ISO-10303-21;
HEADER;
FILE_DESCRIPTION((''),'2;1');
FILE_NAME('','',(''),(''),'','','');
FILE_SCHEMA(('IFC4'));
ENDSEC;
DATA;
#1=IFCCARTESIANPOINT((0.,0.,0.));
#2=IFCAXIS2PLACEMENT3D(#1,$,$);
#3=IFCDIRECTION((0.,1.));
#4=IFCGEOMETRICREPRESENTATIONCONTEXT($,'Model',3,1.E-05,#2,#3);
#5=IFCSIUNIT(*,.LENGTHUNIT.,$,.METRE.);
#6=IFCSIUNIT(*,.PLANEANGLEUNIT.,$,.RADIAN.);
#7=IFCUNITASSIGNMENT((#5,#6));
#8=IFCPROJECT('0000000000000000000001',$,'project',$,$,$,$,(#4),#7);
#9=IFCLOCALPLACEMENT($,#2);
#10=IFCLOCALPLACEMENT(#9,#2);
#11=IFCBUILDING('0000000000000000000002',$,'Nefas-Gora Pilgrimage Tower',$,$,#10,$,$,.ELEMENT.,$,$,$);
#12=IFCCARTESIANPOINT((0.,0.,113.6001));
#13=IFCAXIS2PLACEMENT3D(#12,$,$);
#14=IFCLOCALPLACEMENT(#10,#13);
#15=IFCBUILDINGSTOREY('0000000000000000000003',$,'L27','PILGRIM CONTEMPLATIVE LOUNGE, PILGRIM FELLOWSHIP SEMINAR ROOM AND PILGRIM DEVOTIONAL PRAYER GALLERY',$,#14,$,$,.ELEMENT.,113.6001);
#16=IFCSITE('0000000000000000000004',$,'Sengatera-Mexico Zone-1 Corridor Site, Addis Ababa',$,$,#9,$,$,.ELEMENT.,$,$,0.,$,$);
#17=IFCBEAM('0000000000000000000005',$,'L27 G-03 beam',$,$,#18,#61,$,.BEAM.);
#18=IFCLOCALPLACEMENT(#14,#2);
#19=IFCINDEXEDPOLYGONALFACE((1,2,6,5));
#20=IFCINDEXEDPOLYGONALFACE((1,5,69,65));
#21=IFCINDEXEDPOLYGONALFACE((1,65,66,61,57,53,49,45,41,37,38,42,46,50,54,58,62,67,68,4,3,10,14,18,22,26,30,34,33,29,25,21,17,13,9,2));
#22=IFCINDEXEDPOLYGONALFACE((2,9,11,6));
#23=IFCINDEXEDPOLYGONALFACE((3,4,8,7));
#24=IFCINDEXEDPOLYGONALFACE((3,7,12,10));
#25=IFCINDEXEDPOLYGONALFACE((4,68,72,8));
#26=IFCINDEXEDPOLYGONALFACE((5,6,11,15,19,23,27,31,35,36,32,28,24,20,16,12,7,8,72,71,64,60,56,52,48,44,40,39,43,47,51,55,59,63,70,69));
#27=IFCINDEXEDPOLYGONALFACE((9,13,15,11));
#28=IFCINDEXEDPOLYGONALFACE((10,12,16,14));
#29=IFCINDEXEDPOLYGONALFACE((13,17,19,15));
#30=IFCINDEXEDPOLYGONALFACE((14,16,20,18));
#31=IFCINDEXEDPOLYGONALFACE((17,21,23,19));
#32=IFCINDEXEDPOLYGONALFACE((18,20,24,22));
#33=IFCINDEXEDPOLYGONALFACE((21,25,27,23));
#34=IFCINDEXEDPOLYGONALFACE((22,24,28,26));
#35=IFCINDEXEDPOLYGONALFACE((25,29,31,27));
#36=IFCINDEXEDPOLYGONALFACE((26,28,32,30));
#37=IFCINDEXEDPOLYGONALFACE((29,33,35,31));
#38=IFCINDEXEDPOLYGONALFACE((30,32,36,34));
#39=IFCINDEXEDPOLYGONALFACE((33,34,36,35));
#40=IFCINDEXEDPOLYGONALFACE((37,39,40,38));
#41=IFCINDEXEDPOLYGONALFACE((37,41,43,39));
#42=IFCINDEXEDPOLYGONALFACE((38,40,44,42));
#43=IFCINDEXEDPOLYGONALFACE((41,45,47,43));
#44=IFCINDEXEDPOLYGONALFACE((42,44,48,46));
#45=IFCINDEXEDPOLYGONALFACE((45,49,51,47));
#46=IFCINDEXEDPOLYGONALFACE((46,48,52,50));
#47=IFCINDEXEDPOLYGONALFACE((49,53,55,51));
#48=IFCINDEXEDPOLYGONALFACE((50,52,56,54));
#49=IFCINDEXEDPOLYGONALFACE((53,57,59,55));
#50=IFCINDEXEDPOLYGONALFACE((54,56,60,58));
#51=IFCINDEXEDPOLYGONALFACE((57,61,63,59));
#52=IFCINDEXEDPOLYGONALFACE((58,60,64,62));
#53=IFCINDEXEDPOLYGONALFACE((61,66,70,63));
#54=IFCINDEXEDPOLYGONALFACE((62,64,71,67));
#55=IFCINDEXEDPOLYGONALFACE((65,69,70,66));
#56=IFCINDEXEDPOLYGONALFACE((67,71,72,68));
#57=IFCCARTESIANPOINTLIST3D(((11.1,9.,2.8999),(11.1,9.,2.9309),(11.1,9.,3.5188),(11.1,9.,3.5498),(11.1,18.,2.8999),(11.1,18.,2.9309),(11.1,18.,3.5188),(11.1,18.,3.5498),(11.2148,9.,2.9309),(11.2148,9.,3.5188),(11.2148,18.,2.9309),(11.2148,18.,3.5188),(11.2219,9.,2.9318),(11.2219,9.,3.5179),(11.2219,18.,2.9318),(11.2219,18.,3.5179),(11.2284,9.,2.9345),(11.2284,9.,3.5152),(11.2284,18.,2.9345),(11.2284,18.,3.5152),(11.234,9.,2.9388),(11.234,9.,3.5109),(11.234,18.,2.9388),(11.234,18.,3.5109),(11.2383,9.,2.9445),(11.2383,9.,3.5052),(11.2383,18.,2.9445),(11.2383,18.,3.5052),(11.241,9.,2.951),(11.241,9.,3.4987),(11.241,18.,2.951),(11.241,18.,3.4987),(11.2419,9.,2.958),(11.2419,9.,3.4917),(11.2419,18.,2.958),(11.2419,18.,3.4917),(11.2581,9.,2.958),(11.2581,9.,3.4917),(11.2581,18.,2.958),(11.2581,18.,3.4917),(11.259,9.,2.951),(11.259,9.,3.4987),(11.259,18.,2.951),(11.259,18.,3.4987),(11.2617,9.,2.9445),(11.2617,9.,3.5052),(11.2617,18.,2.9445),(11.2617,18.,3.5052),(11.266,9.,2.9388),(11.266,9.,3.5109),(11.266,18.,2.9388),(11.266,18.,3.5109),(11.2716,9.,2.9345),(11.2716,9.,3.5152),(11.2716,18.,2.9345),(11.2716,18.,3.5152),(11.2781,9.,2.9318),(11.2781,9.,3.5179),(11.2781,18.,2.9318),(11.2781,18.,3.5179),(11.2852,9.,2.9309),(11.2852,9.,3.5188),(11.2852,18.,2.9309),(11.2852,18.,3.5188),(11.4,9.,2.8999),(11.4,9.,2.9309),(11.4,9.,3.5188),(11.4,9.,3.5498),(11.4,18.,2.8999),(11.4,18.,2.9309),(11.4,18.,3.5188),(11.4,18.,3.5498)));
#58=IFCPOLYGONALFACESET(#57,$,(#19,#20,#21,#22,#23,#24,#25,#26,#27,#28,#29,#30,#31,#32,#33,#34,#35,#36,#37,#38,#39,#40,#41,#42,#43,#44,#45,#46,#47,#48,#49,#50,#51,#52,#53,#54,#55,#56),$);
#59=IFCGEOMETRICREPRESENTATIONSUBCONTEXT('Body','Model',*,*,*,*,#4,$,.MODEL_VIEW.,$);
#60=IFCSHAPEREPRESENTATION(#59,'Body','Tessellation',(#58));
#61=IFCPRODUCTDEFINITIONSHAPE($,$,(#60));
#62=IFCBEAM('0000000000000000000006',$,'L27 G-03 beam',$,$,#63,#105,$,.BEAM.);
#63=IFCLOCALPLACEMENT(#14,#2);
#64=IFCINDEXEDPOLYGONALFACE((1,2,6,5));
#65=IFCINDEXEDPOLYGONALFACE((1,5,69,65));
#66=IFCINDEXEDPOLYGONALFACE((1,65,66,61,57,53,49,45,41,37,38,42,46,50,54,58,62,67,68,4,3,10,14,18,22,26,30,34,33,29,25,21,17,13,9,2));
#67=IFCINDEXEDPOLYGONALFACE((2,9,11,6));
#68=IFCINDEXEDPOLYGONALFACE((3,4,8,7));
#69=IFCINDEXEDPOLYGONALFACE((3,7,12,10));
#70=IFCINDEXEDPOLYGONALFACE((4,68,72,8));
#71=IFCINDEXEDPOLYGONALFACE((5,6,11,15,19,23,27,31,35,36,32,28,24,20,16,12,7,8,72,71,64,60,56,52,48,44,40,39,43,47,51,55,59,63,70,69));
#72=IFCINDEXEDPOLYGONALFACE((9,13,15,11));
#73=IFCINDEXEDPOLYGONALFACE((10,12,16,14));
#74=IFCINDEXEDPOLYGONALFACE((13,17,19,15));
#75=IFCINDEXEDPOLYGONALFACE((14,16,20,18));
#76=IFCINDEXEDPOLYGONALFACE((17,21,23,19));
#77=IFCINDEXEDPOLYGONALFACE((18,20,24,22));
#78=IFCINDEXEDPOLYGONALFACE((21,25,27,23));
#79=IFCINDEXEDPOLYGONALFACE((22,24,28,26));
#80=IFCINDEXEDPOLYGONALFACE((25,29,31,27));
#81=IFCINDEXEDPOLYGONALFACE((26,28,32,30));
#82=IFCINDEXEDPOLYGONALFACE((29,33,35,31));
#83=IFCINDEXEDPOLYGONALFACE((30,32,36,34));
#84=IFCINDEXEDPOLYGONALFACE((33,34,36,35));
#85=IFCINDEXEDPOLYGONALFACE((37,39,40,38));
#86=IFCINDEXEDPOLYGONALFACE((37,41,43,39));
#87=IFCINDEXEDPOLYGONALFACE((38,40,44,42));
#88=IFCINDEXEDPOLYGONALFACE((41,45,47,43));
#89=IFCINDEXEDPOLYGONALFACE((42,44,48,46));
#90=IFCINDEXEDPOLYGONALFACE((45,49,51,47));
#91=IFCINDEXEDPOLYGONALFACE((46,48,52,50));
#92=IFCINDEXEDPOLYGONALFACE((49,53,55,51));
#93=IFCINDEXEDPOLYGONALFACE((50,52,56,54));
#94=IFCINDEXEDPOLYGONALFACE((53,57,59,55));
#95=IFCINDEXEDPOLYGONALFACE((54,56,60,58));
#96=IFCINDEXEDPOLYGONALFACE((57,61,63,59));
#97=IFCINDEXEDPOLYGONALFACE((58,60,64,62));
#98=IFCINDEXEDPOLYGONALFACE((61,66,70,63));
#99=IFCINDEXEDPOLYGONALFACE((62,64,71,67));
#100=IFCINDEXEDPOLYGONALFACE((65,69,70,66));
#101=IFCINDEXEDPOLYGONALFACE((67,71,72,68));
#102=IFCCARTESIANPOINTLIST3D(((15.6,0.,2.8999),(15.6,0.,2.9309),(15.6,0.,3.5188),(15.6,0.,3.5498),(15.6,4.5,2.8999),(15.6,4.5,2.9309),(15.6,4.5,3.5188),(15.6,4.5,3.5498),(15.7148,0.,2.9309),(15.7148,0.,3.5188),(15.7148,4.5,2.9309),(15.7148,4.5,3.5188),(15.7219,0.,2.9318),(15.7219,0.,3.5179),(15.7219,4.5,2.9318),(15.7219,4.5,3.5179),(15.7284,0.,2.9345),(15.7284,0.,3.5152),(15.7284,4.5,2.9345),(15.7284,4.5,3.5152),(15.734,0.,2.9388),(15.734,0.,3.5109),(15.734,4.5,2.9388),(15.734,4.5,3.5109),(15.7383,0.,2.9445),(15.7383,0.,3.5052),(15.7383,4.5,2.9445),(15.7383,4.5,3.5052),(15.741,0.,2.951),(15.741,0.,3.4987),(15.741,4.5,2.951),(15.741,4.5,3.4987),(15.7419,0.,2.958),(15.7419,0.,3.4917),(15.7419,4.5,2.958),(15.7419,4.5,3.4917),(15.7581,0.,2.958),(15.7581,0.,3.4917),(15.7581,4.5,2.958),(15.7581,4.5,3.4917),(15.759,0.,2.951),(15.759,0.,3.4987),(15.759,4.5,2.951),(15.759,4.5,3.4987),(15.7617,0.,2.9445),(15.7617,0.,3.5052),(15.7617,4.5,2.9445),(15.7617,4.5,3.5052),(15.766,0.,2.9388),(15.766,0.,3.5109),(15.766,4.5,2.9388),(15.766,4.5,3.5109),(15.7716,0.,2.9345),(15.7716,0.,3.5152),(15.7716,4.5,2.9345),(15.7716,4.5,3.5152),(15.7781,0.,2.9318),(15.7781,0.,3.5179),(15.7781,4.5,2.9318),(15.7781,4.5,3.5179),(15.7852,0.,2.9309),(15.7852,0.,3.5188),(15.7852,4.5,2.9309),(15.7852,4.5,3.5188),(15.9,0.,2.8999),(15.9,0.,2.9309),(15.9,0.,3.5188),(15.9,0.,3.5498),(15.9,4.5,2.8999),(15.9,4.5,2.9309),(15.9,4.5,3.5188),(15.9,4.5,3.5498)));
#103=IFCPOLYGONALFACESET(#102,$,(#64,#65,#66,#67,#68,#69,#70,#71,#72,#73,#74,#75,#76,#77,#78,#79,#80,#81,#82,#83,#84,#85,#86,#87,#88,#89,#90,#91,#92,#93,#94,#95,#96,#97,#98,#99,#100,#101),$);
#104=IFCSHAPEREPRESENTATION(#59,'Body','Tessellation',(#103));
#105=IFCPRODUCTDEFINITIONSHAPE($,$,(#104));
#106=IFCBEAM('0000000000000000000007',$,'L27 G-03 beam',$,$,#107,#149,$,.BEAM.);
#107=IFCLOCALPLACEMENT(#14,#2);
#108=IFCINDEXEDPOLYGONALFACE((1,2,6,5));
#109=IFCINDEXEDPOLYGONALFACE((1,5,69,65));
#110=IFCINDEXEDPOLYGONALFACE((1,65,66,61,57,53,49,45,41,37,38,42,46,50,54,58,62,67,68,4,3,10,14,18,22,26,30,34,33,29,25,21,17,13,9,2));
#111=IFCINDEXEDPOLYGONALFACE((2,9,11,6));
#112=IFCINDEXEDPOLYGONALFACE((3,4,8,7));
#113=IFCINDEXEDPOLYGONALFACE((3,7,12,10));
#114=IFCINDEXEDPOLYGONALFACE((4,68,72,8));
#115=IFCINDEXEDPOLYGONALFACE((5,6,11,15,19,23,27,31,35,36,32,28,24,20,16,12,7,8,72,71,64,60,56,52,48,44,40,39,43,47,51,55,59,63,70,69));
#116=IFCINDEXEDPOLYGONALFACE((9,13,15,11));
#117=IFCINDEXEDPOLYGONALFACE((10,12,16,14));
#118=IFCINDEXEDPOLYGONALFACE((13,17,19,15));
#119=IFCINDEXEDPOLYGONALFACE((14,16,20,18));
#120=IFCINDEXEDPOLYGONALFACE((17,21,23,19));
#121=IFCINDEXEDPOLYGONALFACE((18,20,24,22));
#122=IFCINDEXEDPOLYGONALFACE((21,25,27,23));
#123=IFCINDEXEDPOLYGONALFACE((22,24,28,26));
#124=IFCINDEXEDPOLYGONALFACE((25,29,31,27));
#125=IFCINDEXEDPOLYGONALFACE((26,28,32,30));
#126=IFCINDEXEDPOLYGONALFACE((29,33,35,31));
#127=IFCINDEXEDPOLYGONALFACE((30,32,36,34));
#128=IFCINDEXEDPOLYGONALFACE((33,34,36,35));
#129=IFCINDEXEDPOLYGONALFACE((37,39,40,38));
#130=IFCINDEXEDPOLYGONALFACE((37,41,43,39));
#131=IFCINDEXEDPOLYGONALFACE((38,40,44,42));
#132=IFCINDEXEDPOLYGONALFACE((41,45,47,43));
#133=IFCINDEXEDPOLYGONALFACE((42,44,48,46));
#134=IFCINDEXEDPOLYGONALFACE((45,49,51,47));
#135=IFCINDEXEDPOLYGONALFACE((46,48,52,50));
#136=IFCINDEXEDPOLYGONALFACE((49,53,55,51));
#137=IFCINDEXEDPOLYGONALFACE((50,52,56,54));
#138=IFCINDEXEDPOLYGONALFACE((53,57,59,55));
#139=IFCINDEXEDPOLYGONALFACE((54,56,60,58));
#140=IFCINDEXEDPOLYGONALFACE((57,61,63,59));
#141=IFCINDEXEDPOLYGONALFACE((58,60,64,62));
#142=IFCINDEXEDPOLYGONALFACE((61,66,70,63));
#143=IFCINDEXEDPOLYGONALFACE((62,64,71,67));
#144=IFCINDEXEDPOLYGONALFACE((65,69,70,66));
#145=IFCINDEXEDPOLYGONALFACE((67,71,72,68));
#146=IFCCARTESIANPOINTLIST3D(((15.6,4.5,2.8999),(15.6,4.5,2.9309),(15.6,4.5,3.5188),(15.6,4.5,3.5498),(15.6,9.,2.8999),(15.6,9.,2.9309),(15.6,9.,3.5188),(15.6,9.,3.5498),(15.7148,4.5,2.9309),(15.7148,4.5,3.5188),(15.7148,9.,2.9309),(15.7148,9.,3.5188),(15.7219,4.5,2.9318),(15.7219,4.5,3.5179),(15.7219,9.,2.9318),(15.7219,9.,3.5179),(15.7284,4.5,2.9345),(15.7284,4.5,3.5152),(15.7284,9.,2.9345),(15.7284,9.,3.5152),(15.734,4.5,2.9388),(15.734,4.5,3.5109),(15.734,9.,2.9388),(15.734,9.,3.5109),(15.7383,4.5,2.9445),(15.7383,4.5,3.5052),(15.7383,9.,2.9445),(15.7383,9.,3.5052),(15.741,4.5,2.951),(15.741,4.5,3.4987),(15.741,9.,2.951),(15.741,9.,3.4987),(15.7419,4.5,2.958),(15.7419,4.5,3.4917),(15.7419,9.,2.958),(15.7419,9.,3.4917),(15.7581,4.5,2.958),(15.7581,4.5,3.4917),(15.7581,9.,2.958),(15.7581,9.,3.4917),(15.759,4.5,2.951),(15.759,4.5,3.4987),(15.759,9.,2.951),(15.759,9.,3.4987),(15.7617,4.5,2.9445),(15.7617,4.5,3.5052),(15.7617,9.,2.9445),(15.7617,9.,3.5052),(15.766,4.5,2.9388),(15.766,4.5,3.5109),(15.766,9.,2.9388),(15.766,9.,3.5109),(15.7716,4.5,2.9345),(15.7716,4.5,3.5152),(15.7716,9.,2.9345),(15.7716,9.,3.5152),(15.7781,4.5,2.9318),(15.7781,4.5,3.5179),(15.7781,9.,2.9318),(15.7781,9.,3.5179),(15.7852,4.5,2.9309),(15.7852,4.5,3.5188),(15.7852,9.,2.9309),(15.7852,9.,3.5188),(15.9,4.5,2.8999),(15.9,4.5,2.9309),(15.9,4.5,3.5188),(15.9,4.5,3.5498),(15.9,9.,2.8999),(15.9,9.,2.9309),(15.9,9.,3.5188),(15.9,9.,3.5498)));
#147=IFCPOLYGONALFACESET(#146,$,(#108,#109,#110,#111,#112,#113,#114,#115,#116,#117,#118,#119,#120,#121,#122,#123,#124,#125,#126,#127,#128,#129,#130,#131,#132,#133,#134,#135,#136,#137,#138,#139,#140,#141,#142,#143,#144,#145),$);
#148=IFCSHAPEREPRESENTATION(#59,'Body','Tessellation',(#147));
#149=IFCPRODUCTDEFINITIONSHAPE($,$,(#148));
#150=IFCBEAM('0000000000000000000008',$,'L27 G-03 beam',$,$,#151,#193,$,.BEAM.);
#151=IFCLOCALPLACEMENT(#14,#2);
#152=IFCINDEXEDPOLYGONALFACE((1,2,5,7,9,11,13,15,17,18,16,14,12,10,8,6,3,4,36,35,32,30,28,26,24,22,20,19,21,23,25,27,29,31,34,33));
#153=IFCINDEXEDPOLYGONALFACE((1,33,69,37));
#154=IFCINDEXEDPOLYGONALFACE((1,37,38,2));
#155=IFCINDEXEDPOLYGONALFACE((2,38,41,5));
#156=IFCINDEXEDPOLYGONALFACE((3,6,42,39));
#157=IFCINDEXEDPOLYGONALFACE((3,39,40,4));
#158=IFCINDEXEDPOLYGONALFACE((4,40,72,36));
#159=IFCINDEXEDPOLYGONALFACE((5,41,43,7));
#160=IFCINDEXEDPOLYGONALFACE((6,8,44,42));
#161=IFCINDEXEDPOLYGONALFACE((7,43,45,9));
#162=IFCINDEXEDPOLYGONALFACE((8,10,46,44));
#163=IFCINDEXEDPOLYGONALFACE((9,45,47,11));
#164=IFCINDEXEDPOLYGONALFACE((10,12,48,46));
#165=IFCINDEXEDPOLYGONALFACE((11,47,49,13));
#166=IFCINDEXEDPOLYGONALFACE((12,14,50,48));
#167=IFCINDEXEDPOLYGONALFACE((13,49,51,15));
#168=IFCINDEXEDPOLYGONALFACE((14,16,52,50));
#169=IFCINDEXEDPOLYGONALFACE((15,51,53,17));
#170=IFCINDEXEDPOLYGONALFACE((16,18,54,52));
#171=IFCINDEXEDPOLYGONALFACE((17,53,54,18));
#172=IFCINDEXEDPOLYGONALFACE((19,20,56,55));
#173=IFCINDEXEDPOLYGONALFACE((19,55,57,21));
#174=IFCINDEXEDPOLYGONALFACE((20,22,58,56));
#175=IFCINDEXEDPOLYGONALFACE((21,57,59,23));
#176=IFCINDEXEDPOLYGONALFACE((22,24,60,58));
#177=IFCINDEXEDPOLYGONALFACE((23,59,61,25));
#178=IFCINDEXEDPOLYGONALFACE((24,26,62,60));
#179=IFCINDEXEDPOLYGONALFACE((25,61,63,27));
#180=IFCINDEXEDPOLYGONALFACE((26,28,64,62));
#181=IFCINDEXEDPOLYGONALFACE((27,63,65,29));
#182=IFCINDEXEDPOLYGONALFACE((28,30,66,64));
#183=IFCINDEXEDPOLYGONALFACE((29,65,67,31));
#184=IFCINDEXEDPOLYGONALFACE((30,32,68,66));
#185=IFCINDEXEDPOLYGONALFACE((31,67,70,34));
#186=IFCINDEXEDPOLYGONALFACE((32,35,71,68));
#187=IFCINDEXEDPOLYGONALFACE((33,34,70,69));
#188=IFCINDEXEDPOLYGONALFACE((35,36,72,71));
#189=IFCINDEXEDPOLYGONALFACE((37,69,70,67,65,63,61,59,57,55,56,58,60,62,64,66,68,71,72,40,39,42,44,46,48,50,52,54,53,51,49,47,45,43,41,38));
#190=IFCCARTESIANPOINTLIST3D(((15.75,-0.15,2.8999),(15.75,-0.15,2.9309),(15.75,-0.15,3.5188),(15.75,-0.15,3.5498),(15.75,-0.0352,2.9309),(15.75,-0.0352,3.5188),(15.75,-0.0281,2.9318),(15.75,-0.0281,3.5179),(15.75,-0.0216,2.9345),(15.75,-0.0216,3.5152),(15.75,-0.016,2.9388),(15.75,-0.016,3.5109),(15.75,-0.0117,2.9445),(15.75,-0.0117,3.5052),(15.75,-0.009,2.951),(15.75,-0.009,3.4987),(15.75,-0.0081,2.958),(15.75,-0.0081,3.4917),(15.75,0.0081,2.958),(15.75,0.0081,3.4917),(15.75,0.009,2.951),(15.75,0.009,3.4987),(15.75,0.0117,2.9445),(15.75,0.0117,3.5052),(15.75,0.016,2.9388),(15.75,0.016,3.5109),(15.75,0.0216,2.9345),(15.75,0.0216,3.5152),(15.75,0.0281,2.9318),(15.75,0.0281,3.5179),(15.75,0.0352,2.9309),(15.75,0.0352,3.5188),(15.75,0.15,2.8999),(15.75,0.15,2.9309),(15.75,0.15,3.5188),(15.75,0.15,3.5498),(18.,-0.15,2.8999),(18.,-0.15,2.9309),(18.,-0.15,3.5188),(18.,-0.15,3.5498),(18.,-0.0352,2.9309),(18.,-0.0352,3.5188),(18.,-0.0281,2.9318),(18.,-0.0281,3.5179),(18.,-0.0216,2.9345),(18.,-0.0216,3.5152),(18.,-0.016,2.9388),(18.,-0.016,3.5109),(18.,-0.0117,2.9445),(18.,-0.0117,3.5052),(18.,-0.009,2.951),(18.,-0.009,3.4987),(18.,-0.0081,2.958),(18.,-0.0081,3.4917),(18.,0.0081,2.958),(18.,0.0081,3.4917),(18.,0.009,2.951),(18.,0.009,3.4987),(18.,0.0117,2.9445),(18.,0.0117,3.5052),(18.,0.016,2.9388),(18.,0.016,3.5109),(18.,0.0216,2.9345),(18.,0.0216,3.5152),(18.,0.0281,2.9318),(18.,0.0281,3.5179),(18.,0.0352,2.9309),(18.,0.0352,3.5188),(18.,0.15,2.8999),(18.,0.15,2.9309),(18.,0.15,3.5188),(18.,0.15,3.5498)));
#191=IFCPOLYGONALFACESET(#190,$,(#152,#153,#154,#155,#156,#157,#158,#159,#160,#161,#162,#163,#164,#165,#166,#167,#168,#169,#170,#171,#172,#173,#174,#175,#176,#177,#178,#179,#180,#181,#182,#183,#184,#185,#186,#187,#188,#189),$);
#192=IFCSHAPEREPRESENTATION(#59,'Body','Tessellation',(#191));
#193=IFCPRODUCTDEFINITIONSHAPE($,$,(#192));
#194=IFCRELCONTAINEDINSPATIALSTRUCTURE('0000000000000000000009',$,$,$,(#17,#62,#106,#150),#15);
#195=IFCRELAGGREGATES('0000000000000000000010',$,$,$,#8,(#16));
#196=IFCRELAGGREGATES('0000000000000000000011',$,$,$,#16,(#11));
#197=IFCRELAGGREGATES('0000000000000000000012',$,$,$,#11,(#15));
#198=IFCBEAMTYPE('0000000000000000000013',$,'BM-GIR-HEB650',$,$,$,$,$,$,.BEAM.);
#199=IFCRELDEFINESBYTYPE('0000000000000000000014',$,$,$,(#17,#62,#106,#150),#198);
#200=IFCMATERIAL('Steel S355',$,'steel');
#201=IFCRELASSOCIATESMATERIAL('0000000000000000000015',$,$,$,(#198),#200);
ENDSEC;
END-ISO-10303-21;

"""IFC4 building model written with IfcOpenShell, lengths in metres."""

from ifc_helpers import new_model, si_unit, direction, frame, origin, origin_2d, place, context, subcontext, project, spatial, i_section, extrude, source, transform, mapped, material, material_profile, profile_set, type_object, element, save


model = new_model("IFC4")

# Units and contexts
model_context = context("Model", 3, precision=1e-05, world=origin(), true_north=direction((0.0, 1.0)))
body_context = subcontext(model_context, "Body", "Model", "MODEL_VIEW")
ifc_project = project(units=[si_unit("LENGTHUNIT", "METRE"), si_unit("PLANEANGLEUNIT", "RADIAN")], contexts=[model_context])

# Site, building, storey
site_placement = place(None, origin())
site = spatial("IfcSite", under=ifc_project, at=site_placement, Name="Sengatera-Mexico Zone-1 Corridor Site, Addis Ababa", CompositionType="ELEMENT", RefElevation=0.0)
building_placement = place(site_placement, origin())
building = spatial("IfcBuilding", under=site, at=building_placement, Name="Nefas-Gora Pilgrimage Tower", CompositionType="ELEMENT")
storey_placement = place(building_placement, frame((0.0, 0.0, 113.6001)))
storey = spatial("IfcBuildingStorey", under=building, at=storey_placement, Name="L27", Description="PILGRIM CONTEMPLATIVE LOUNGE, PILGRIM FELLOWSHIP SEMINAR ROOM AND PILGRIM DEVOTIONAL PRAYER GALLERY", CompositionType="ELEMENT", Elevation=113.6001)

# Beams
ifc_material_1 = material(Name="Steel S355", Category="steel")
ifc_material_profile_1 = material_profile(ifc_material_1, i_section(OverallWidth=0.3, OverallDepth=0.6499, WebThickness=0.0161, FlangeThickness=0.031, FilletRadius=0.0271, at=origin_2d()), Name="HEB 650")
ifc_profile_set_1 = profile_set([ifc_material_profile_1], Name="Steel S355")
beam_type = type_object("IfcBeamType", Name="BM-GIR-HEB650", PredefinedType="BEAM", material=ifc_profile_set_1)
shared_shape_1 = source(origin(), body_context, "Body", "SweptSolid", [
    extrude(i_section(OverallWidth=0.3, OverallDepth=0.6499, WebThickness=0.0161, FlangeThickness=0.031, FilletRadius=0.0271, at=origin_2d()), origin(), (0.0, 0.0, 1.0), 9.0),
])
beam_placement = place(storey_placement, frame((11.25, 9.0, 3.2249), z_axis=(0.0, 1.0, 0.0), x_axis=(-1.0, 0.0, 0.0)))
element("IfcBeam", 1, at=beam_placement, inside=storey, type_object=beam_type, Name="L27 G-03 beam", PredefinedType="BEAM", context=body_context, shape_type="MappedRepresentation", body=[
    mapped(shared_shape_1, transform((0.0, 0.0, 0.0), x_axis=(1.0, 0.0, 0.0), y_axis=(0.0, 1.0, 0.0), z_axis=(0.0, 0.0, 1.0), scale=1.0)),
])
shared_shape_2 = source(origin(), body_context, "Body", "SweptSolid", [
    extrude(i_section(OverallWidth=0.3, OverallDepth=0.6499, WebThickness=0.0161, FlangeThickness=0.031, FilletRadius=0.0271, at=origin_2d()), origin(), (0.0, 0.0, 1.0), 4.5),
])
for number, where, z_axis, x_axis, name in (
    (2, (15.75, 0.0, 3.2249), (0.0, 1.0, 0.0), (-1.0, 0.0, 0.0), "L27 G-03 beam"),
    (3, (15.75, 4.5, 3.2249), (0.0, 1.0, 0.0), (-1.0, 0.0, 0.0), "L27 G-03 beam"),
):
    element("IfcBeam", number, at=place(storey_placement, frame(where, z_axis=z_axis, x_axis=x_axis)), inside=storey, type_object=beam_type, Name=name, PredefinedType="BEAM", context=body_context, shape_type="MappedRepresentation", body=[
        mapped(shared_shape_2, transform((0.0, 0.0, 0.0), x_axis=(1.0, 0.0, 0.0), y_axis=(0.0, 1.0, 0.0), z_axis=(0.0, 0.0, 1.0), scale=1.0)),
    ])
shared_shape_3 = source(origin(), body_context, "Body", "SweptSolid", [
    extrude(i_section(OverallWidth=0.3, OverallDepth=0.6499, WebThickness=0.0161, FlangeThickness=0.031, FilletRadius=0.0271, at=origin_2d()), origin(), (0.0, 0.0, 1.0), 2.25),
])
for number, where, z_axis, x_axis, name in (
    (4, (15.75, 0.0, 3.2249), (1.0, 0.0, 0.0), (0.0, 1.0, 0.0), "L27 G-03 beam"),
):
    element("IfcBeam", number, at=place(storey_placement, frame(where, z_axis=z_axis, x_axis=x_axis)), inside=storey, type_object=beam_type, Name=name, PredefinedType="BEAM", context=body_context, shape_type="MappedRepresentation", body=[
        mapped(shared_shape_3, transform((0.0, 0.0, 0.0), x_axis=(1.0, 0.0, 0.0), y_axis=(0.0, 1.0, 0.0), z_axis=(0.0, 0.0, 1.0), scale=1.0)),
    ])

save(model, "model.ifc")
